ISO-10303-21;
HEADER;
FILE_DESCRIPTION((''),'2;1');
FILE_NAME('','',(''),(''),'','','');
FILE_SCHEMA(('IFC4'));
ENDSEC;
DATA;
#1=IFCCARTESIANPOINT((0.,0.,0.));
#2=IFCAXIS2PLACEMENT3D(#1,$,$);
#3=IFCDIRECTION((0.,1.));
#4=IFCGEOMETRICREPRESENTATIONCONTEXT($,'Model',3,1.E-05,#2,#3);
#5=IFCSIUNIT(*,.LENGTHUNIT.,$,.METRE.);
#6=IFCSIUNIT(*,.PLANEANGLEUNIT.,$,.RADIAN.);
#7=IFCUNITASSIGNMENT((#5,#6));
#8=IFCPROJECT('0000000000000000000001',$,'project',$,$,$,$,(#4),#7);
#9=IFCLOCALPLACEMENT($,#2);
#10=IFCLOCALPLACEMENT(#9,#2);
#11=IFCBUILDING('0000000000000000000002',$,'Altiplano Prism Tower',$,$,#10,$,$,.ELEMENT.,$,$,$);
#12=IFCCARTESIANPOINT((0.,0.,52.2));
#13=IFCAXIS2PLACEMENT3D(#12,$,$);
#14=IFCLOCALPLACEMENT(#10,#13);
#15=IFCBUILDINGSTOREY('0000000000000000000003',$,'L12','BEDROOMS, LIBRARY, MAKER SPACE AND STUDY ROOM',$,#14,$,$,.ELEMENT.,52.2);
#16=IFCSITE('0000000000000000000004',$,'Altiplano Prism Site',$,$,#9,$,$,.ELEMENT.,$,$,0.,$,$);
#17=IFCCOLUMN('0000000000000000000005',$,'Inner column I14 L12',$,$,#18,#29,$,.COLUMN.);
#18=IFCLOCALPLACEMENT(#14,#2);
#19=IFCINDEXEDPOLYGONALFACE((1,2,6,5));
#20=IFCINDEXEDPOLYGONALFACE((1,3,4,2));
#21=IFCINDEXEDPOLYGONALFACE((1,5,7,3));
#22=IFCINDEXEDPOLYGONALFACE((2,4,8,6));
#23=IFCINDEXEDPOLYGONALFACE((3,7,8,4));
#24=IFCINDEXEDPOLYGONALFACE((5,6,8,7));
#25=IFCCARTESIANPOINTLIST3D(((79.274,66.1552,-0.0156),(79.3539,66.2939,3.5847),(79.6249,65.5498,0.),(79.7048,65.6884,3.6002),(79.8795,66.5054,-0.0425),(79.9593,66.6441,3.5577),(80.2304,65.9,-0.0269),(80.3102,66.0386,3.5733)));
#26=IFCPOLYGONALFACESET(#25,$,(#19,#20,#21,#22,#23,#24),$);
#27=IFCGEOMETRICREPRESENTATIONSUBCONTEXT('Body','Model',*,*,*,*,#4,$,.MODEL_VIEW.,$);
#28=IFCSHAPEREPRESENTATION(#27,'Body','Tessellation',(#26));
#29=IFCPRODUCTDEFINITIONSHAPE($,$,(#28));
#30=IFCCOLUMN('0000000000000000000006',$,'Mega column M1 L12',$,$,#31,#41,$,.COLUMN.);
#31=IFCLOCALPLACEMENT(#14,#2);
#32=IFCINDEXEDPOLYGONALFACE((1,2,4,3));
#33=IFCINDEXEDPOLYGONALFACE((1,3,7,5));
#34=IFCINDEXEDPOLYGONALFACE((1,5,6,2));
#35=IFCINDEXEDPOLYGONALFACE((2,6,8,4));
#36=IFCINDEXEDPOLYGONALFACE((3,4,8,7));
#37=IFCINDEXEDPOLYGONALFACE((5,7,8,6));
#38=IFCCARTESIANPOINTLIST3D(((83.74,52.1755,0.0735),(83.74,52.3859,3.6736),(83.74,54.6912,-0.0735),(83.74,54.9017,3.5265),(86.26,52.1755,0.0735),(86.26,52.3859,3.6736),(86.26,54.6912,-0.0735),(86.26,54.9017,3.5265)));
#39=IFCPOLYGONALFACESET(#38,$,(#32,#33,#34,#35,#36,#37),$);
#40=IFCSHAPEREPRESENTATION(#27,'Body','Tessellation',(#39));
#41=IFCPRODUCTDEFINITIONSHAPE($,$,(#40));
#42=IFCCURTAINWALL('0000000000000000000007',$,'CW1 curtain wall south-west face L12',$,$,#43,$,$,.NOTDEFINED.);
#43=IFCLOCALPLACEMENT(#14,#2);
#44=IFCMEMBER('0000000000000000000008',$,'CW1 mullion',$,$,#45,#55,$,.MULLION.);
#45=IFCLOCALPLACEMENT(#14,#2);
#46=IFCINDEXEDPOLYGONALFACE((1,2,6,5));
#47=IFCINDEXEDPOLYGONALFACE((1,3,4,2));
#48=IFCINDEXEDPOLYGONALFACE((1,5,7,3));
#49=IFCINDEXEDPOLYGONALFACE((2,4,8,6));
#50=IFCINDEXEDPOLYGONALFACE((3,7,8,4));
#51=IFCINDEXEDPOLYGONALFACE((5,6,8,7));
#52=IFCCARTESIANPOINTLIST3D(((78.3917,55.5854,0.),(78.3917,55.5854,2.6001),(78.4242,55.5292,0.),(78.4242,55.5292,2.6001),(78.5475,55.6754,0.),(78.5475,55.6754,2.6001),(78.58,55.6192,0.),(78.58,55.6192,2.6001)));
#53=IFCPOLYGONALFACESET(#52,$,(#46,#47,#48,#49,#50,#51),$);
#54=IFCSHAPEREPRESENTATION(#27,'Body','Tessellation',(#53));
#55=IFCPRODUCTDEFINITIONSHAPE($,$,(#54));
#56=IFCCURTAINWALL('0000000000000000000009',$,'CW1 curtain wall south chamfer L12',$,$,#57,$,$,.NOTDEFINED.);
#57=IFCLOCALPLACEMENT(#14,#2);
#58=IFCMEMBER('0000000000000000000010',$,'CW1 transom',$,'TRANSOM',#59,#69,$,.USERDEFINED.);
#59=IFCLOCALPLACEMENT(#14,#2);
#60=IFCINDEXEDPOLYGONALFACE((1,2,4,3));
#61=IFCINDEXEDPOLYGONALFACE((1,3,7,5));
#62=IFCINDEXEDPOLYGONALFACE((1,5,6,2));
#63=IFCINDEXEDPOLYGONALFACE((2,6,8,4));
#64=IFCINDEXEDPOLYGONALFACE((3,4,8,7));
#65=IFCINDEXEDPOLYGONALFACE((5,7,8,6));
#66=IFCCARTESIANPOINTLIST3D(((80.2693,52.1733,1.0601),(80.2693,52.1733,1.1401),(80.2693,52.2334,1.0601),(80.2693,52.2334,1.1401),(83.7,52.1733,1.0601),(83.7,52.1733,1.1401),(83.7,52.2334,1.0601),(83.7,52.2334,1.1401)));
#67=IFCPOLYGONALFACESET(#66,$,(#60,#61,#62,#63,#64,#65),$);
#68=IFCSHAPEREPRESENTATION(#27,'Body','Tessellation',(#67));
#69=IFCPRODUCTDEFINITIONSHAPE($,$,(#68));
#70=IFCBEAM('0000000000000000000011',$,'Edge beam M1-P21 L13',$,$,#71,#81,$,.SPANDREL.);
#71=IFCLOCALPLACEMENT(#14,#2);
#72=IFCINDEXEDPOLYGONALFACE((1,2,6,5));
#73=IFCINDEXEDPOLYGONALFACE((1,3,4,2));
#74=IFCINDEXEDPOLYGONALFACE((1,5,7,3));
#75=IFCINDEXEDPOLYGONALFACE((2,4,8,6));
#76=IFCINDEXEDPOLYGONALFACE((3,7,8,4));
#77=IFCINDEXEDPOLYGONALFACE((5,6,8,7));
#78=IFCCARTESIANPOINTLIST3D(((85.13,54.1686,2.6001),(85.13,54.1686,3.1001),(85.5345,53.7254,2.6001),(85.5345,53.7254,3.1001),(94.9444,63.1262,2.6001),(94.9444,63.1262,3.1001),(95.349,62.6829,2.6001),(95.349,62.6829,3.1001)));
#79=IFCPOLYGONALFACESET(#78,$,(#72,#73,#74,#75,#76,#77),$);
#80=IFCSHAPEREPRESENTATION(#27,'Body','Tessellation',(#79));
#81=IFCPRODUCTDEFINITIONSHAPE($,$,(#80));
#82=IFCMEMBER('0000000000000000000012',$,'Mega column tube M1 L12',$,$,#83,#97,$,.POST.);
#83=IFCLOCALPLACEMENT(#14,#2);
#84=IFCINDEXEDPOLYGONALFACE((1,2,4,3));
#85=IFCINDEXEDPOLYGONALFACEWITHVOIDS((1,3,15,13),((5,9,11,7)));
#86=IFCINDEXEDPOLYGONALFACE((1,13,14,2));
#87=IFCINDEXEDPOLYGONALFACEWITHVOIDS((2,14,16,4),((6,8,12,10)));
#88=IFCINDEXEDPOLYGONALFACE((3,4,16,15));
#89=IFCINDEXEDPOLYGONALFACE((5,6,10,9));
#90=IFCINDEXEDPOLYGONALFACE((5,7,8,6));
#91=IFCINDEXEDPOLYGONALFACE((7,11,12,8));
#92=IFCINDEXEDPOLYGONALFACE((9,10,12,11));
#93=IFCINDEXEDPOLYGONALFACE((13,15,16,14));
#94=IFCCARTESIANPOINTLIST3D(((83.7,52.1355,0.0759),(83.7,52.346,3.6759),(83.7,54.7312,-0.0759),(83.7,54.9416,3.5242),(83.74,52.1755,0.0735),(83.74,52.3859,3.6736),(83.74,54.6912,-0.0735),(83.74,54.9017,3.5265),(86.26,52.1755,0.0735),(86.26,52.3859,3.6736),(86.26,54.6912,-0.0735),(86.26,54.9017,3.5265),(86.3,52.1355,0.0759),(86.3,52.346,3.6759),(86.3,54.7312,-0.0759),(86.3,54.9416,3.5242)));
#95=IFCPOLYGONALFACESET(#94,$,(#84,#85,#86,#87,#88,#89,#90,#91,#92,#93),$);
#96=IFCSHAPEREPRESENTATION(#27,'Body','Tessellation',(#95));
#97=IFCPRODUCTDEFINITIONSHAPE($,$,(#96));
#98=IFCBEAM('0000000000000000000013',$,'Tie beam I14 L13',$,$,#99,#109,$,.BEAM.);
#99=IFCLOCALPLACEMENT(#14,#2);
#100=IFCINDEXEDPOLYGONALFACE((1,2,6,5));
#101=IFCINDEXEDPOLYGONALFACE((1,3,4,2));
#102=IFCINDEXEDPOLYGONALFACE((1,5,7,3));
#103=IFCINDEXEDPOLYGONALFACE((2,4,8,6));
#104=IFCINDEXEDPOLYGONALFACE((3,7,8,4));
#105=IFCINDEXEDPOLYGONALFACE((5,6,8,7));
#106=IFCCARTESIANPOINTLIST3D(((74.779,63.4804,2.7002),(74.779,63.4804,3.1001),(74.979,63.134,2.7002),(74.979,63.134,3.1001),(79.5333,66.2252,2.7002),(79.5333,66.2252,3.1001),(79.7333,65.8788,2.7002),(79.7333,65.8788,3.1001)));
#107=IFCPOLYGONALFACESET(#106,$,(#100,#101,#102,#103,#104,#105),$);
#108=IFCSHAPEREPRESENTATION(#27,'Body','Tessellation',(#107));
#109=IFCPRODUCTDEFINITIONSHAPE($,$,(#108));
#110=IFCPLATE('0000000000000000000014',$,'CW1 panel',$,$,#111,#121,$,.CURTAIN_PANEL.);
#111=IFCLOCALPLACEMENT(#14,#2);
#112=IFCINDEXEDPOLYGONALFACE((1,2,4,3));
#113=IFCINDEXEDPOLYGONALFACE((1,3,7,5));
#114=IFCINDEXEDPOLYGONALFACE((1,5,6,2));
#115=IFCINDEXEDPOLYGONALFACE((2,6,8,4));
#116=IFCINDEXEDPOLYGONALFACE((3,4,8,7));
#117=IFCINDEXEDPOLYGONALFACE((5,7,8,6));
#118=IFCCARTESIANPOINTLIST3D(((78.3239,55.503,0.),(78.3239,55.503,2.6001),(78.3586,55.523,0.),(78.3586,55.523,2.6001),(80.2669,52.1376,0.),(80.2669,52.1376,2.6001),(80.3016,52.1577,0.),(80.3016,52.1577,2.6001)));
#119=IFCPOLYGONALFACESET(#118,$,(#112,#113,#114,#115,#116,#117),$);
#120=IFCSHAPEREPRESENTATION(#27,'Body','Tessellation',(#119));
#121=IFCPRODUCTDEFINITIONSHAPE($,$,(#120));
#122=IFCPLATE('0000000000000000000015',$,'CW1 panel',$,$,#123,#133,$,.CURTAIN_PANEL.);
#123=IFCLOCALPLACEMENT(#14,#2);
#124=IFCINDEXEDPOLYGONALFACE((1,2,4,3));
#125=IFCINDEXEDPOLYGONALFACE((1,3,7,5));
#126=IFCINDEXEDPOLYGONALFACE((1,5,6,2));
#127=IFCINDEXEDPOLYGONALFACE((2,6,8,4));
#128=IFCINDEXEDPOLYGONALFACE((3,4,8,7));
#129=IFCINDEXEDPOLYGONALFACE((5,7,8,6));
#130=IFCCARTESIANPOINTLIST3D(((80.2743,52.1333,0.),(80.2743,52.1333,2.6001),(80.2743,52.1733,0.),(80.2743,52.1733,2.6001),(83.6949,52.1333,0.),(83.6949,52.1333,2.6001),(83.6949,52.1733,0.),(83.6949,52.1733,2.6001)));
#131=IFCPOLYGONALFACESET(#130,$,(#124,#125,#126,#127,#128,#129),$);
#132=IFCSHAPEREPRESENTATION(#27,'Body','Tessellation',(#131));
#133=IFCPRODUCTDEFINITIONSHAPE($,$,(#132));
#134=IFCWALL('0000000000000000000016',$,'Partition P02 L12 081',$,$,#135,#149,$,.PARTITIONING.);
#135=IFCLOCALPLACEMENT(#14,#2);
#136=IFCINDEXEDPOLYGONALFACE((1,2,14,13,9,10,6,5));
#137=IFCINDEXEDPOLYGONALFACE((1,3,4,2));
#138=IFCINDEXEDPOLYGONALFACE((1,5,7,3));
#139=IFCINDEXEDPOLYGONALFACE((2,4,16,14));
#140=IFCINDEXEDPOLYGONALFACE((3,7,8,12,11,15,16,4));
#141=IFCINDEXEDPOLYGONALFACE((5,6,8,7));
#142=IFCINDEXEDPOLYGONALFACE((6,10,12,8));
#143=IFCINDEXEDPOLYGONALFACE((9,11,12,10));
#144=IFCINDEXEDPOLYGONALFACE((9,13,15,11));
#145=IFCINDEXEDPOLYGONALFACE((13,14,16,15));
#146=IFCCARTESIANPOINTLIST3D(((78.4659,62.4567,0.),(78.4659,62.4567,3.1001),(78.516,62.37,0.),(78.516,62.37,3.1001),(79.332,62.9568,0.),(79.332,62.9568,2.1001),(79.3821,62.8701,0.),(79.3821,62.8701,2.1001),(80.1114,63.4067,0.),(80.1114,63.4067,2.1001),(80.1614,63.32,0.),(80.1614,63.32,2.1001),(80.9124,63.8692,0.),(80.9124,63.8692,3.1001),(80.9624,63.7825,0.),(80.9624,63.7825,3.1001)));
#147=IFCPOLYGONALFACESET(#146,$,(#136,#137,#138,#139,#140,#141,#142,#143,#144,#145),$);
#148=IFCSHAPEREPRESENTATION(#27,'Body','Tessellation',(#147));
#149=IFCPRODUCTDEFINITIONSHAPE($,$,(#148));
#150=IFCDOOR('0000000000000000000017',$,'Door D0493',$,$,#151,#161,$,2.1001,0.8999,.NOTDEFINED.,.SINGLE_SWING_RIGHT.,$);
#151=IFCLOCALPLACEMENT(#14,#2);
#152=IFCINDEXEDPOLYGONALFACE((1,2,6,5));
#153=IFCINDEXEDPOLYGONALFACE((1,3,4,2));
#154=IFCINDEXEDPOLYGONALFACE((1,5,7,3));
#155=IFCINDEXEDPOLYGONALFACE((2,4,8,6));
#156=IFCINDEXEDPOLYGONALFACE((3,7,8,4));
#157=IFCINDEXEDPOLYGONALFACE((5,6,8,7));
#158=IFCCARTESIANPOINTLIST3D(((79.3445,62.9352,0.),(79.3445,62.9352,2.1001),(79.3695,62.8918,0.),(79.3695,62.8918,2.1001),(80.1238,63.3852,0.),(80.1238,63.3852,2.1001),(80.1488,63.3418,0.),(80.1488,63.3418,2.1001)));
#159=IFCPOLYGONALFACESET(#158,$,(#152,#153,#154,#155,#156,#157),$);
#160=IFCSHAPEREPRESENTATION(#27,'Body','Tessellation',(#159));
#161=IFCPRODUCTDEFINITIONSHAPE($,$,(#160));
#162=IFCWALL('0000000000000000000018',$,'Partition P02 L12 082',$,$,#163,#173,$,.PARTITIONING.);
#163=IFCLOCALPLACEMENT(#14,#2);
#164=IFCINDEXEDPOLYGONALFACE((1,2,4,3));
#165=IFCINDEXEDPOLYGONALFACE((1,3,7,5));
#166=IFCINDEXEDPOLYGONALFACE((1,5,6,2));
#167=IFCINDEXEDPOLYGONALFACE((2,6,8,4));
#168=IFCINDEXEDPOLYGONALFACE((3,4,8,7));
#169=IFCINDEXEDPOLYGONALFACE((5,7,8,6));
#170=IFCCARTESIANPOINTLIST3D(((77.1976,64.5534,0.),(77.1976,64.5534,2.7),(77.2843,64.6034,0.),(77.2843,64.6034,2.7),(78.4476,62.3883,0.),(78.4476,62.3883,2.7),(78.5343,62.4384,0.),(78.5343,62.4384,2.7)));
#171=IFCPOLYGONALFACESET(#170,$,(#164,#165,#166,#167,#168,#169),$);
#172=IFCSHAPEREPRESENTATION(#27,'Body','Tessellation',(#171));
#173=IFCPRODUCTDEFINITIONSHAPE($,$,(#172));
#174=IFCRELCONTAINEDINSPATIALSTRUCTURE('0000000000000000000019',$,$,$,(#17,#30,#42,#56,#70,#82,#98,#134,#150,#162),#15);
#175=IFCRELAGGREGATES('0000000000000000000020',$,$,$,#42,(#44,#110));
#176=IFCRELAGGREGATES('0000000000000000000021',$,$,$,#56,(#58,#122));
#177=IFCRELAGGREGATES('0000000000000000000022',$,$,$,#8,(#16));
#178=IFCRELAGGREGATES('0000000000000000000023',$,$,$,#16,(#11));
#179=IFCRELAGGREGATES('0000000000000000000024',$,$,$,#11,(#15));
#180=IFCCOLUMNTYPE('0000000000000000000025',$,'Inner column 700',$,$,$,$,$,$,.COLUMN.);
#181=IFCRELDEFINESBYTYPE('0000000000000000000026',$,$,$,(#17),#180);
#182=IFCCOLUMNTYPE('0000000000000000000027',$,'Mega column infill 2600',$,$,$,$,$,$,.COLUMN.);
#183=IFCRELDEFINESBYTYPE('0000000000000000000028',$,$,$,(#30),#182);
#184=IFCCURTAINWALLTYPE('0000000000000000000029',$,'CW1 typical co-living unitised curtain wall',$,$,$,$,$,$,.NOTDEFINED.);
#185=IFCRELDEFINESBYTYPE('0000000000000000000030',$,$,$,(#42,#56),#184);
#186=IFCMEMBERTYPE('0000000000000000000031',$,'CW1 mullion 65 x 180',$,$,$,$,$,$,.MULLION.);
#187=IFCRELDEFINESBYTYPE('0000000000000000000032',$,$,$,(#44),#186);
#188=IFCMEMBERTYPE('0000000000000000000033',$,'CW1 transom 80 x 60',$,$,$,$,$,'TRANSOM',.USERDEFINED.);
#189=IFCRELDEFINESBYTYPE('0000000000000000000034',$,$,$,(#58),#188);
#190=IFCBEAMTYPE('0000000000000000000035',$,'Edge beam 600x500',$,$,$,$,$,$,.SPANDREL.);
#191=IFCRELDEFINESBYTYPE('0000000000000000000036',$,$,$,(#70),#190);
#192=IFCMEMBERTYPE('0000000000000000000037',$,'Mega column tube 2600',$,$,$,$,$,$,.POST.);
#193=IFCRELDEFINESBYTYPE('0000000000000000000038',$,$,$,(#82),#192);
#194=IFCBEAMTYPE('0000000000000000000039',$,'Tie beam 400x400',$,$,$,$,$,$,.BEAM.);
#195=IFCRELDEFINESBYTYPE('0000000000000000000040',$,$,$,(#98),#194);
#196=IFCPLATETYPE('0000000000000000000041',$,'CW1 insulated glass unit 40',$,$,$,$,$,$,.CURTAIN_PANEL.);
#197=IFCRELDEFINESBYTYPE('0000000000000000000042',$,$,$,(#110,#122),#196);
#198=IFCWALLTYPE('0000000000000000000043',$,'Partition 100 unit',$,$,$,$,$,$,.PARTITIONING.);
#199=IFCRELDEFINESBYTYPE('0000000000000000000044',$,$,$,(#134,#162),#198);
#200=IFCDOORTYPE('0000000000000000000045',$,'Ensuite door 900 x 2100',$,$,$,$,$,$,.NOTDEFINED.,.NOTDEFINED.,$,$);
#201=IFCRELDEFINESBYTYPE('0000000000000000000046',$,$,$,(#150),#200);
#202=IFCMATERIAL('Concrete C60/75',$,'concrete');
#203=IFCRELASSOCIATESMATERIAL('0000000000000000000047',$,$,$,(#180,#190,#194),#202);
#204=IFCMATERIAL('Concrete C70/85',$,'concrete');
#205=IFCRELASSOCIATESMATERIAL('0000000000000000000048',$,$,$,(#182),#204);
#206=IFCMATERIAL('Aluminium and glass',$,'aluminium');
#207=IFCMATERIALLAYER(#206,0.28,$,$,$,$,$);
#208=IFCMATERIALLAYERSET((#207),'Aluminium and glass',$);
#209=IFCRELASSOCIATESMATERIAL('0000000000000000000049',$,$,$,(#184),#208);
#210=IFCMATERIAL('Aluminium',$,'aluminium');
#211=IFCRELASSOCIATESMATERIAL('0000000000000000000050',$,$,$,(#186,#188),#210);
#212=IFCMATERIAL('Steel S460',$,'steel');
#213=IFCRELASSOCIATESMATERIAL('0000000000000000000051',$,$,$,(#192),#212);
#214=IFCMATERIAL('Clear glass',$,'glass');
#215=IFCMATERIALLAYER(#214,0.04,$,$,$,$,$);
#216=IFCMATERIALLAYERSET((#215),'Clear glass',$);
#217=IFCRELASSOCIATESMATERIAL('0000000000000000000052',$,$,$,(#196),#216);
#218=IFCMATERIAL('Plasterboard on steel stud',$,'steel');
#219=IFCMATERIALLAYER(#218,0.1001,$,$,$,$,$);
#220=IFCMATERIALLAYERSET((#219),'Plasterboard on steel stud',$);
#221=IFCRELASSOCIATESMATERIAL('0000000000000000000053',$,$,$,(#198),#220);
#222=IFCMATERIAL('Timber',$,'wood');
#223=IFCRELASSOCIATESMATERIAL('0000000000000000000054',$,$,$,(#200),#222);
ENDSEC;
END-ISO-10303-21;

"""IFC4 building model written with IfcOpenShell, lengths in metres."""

from ifc_helpers import new_model, si_unit, direction, frame, frame_2d, origin, origin_2d, place, context, subcontext, project, spatial, rectangle, hollow_rectangle, extrude, material, layer, layer_set, material_profile, profile_set, type_object, element, fill, aggregate, save


model = new_model("IFC4")

# Units and contexts
model_context = context("Model", 3, precision=1e-05, world=origin(), true_north=direction((0.0, 1.0)))
body_context = subcontext(model_context, "Body", "Model", "MODEL_VIEW")
ifc_project = project(units=[si_unit("LENGTHUNIT", "METRE"), si_unit("PLANEANGLEUNIT", "RADIAN")], contexts=[model_context])

# Site, building, storey
site_placement = place(None, origin())
site = spatial("IfcSite", under=ifc_project, at=site_placement, Name="Altiplano Prism Site", CompositionType="ELEMENT", RefElevation=0.0)
building_placement = place(site_placement, origin())
building = spatial("IfcBuilding", under=site, at=building_placement, Name="Altiplano Prism Tower", CompositionType="ELEMENT")
storey_placement = place(building_placement, frame((0.0, 0.0, 52.2)))
storey = spatial("IfcBuildingStorey", under=building, at=storey_placement, Name="L12", Description="BEDROOMS, LIBRARY, MAKER SPACE AND STUDY ROOM", CompositionType="ELEMENT", Elevation=52.2)

# Columns
ifc_material_1 = material(Name="Concrete C60/75", Category="concrete")
ifc_material_profile_1 = material_profile(ifc_material_1, rectangle(XDim=0.7, YDim=0.7, at=origin_2d()), Name="Inner column 700")
ifc_profile_set_1 = profile_set([ifc_material_profile_1], Name="Concrete C60/75")
column_type_1 = type_object("IfcColumnType", Name="Inner column 700", PredefinedType="COLUMN", material=ifc_profile_set_1)
column_1_placement = place(storey_placement, frame((79.7522, 66.0276, -0.0212), z_axis=(0.022154, 0.038481, 0.999014), x_axis=(-0.864984, -0.500324, 0.038453)))
element("IfcColumn", 1, at=column_1_placement, inside=storey, type_object=column_type_1, Name="Inner column I14 L12", PredefinedType="COLUMN", context=body_context, shape_type="SweptSolid", body=[
    extrude(rectangle(XDim=0.7, YDim=0.7, at=origin_2d()), origin(), (0.0, 0.0, 1.0), 3.6038),
])
ifc_material_2 = material(Name="Concrete C70/85", Category="concrete")
ifc_material_profile_2 = material_profile(ifc_material_2, rectangle(XDim=2.52, YDim=2.52, at=origin_2d()), Name="Mega column infill 2600")
ifc_profile_set_2 = profile_set([ifc_material_profile_2], Name="Concrete C70/85")
column_type_2 = type_object("IfcColumnType", Name="Mega column infill 2600", PredefinedType="COLUMN", material=ifc_profile_set_2)
column_2_placement = place(storey_placement, frame((85.0, 53.4333, 0.0), z_axis=(0.0, 0.058357, 0.998296), x_axis=(-1.0, 0.0, 0.0)))
element("IfcColumn", 2, at=column_2_placement, inside=storey, type_object=column_type_2, Name="Mega column M1 L12", PredefinedType="COLUMN", context=body_context, shape_type="SweptSolid", body=[
    extrude(rectangle(XDim=2.52, YDim=2.52, at=origin_2d()), origin(), (0.0, 0.0, 1.0), 3.6062),
])

# Curtain walls, members
ifc_material_3 = material(Name="Aluminium and glass", Category="aluminium")
ifc_layer_1 = layer(ifc_material_3, 0.28)
ifc_layer_set_1 = layer_set([ifc_layer_1], Name="Aluminium and glass")
curtain_wall_type = type_object("IfcCurtainWallType", Name="CW1 typical co-living unitised curtain wall", PredefinedType="NOTDEFINED", material=ifc_layer_set_1)
curtain_wall_1_placement = place(storey_placement, origin())
curtain_wall_1 = element("IfcCurtainWall", 3, at=curtain_wall_1_placement, inside=storey, type_object=curtain_wall_type, Name="CW1 curtain wall south-west face L12", PredefinedType="NOTDEFINED")
ifc_material_4 = material(Name="Aluminium", Category="aluminium")
ifc_material_profile_3 = material_profile(ifc_material_4, rectangle(XDim=0.1799, YDim=0.0649, at=origin_2d()), Name="CW1 mullion 65 x 180")
ifc_profile_set_3 = profile_set([ifc_material_profile_3], Name="Aluminium")
member_type_1 = type_object("IfcMemberType", Name="CW1 mullion 65 x 180", PredefinedType="MULLION", material=ifc_profile_set_3)
member_1_placement = place(storey_placement, frame((78.4858, 55.6023, 0.0), z_axis=(0.0, 0.0, 1.0), x_axis=(0.866025, 0.5, 0.0)))
member_1 = element("IfcMember", 4, at=member_1_placement, type_object=member_type_1, Name="CW1 mullion", PredefinedType="MULLION", context=body_context, shape_type="SweptSolid", body=[
    extrude(rectangle(XDim=0.1799, YDim=0.0649, at=origin_2d()), origin(), (0.0, 0.0, 1.0), 2.6001),
])
curtain_wall_2_placement = place(storey_placement, origin())
curtain_wall_2 = element("IfcCurtainWall", 5, at=curtain_wall_2_placement, inside=storey, type_object=curtain_wall_type, Name="CW1 curtain wall south chamfer L12", PredefinedType="NOTDEFINED")
ifc_material_profile_4 = material_profile(ifc_material_4, rectangle(XDim=0.0601, YDim=0.0801, at=origin_2d()), Name="CW1 transom 80 x 60")
ifc_profile_set_4 = profile_set([ifc_material_profile_4], Name="Aluminium")
member_type_2 = type_object("IfcMemberType", Name="CW1 transom 80 x 60", ElementType="TRANSOM", PredefinedType="USERDEFINED", material=ifc_profile_set_4)
member_2_placement = place(storey_placement, frame((80.2693, 52.2034, 1.1001), z_axis=(1.0, 0.0, 0.0), x_axis=(0.0, 1.0, 0.0)))
member_2 = element("IfcMember", 6, at=member_2_placement, type_object=member_type_2, Name="CW1 transom", ObjectType="TRANSOM", PredefinedType="USERDEFINED", context=body_context, shape_type="SweptSolid", body=[
    extrude(rectangle(XDim=0.0601, YDim=0.0801, at=origin_2d()), origin(), (0.0, 0.0, 1.0), 3.4307),
])

# Beam
ifc_material_profile_5 = material_profile(ifc_material_1, rectangle(XDim=0.6001, YDim=0.5, at=origin_2d()), Name="Edge beam 600x500")
ifc_profile_set_5 = profile_set([ifc_material_profile_5], Name="Concrete C60/75")
beam_type_1 = type_object("IfcBeamType", Name="Edge beam 600x500", PredefinedType="SPANDREL", material=ifc_profile_set_5)
beam_1_placement = place(storey_placement, frame((85.3323, 53.947, 2.8501), z_axis=(0.738617, 0.674126, 0.0), x_axis=(-0.674126, 0.738617, 0.0)))
element("IfcBeam", 7, at=beam_1_placement, inside=storey, type_object=beam_type_1, Name="Edge beam M1-P21 L13", PredefinedType="SPANDREL", context=body_context, shape_type="SweptSolid", body=[
    extrude(rectangle(XDim=0.6001, YDim=0.5, at=origin_2d()), origin(), (0.0, 0.0, 1.0), 13.2876),
])

# Member
ifc_material_5 = material(Name="Steel S460", Category="steel")
ifc_material_profile_6 = material_profile(ifc_material_5, hollow_rectangle(XDim=2.6001, YDim=2.6001, WallThickness=0.04, at=origin_2d()), Name="Mega column tube 2600")
ifc_profile_set_6 = profile_set([ifc_material_profile_6], Name="Steel S460")
member_type_3 = type_object("IfcMemberType", Name="Mega column tube 2600", PredefinedType="POST", material=ifc_profile_set_6)
member_3_placement = place(storey_placement, frame((85.0, 53.4333, 0.0), z_axis=(0.0, 0.058357, 0.998296), x_axis=(-1.0, 0.0, 0.0)))
element("IfcMember", 8, at=member_3_placement, inside=storey, type_object=member_type_3, Name="Mega column tube M1 L12", PredefinedType="POST", context=body_context, shape_type="SweptSolid", body=[
    extrude(hollow_rectangle(XDim=2.6001, YDim=2.6001, WallThickness=0.04, at=origin_2d()), origin(), (0.0, 0.0, 1.0), 3.6062),
])

# Beam
ifc_material_profile_7 = material_profile(ifc_material_1, rectangle(XDim=0.3999, YDim=0.3999, at=origin_2d()), Name="Tie beam 400x400")
ifc_profile_set_7 = profile_set([ifc_material_profile_7], Name="Concrete C60/75")
beam_type_2 = type_object("IfcBeamType", Name="Tie beam 400x400", PredefinedType="BEAM", material=ifc_profile_set_7)
beam_2_placement = place(storey_placement, frame((79.6333, 66.052, 2.9001), z_axis=(-0.866032, -0.499989, 0.0), x_axis=(0.499989, -0.866032, 0.0)))
element("IfcBeam", 9, at=beam_2_placement, inside=storey, type_object=beam_type_2, Name="Tie beam I14 L13", PredefinedType="BEAM", context=body_context, shape_type="SweptSolid", body=[
    extrude(rectangle(XDim=0.3999, YDim=0.3999, at=origin_2d()), origin(), (0.0, 0.0, 1.0), 5.4897),
])

# Plates
ifc_material_6 = material(Name="Clear glass", Category="glass")
ifc_layer_2 = layer(ifc_material_6, 0.04)
ifc_layer_set_2 = layer_set([ifc_layer_2], Name="Clear glass")
plate_type = type_object("IfcPlateType", Name="CW1 insulated glass unit 40", PredefinedType="CURTAIN_PANEL", material=ifc_layer_set_2)
plate_1_placement = place(storey_placement, frame((79.3127, 53.8303, 0.0), z_axis=(0.0, 0.0, 1.0), x_axis=(0.5, -0.866025, 0.0)))
plate_1 = element("IfcPlate", 10, at=plate_1_placement, type_object=plate_type, Name="CW1 panel", PredefinedType="CURTAIN_PANEL", context=body_context, shape_type="SweptSolid", body=[
    extrude(rectangle(XDim=3.886, YDim=0.04, at=origin_2d()), origin(), (0.0, 0.0, 1.0), 2.6001),
])
aggregate(curtain_wall_1, [member_1, plate_1])
plate_2_placement = place(storey_placement, frame((81.9846, 52.1533, 0.0), z_axis=(0.0, 0.0, 1.0), x_axis=(1.0, 0.0, 0.0)))
plate_2 = element("IfcPlate", 11, at=plate_2_placement, type_object=plate_type, Name="CW1 panel", PredefinedType="CURTAIN_PANEL", context=body_context, shape_type="SweptSolid", body=[
    extrude(rectangle(XDim=3.4207, YDim=0.04, at=origin_2d()), origin(), (0.0, 0.0, 1.0), 2.6001),
])
aggregate(curtain_wall_2, [member_2, plate_2])

# Wall, opening, door
ifc_material_7 = material(Name="Plasterboard on steel stud", Category="steel")
ifc_layer_3 = layer(ifc_material_7, 0.1001)
ifc_layer_set_3 = layer_set([ifc_layer_3], Name="Plasterboard on steel stud")
wall_type_1 = type_object("IfcWallType", Name="Partition 100 unit", PredefinedType="PARTITIONING", material=ifc_layer_set_3)
wall_1_placement = place(storey_placement, frame((80.9375, 63.8259, 0.0), z_axis=(0.0, 0.0, 1.0), x_axis=(-0.866011, -0.500024, 0.0)))
wall_1 = element("IfcWall", 12, at=wall_1_placement, inside=storey, type_object=wall_type_1, Name="Partition P02 L12 081", PredefinedType="PARTITIONING", context=body_context, shape_type="SweptSolid", body=[
    extrude(rectangle(XDim=2.825, YDim=0.1001, at=frame_2d((1.4126, 0.0))), origin(), (0.0, 0.0, 1.0), 3.1001),
])
opening_1_placement = place(wall_1_placement, frame((0.925, 0.0, 0.0)))
opening_1 = element("IfcOpeningElement", 13, at=opening_1_placement, cuts=wall_1, PredefinedType="OPENING", context=body_context, shape_type="SweptSolid", body=[
    extrude(rectangle(XDim=0.8999, YDim=2.1001, at=frame_2d((0.45, 1.05))), frame((0.0, 0.0605, 0.0), z_axis=(0.0, -1.0, 0.0), x_axis=(1.0, 0.0, 0.0)), (0.0, 0.0, 1.0), 0.1211),
])
ifc_material_8 = material(Name="Timber", Category="wood")
door_type_1 = type_object("IfcDoorType", Name="Ensuite door 900 x 2100", OperationType="NOTDEFINED", PredefinedType="NOTDEFINED", material=ifc_material_8)
door_1_placement = place(opening_1_placement, origin())
door_1 = element("IfcDoor", 14, at=door_1_placement, inside=storey, type_object=door_type_1, Name="Door D0493", OperationType="SINGLE_SWING_RIGHT", OverallHeight=2.1001, OverallWidth=0.8999, PredefinedType="NOTDEFINED", context=body_context, shape_type="SweptSolid", body=[
    extrude(rectangle(XDim=0.8999, YDim=2.1001, at=frame_2d((0.45, 1.05))), frame((0.0, 0.0249, 0.0), z_axis=(0.0, -1.0, 0.0), x_axis=(1.0, 0.0, 0.0)), (0.0, 0.0, 1.0), 0.05),
])
fill(opening_1, door_1)

# Wall
wall_2_placement = place(storey_placement, frame((78.491, 62.4133, 0.0), z_axis=(0.0, 0.0, 1.0), x_axis=(-0.500004, 0.866023, 0.0)))
element("IfcWall", 15, at=wall_2_placement, inside=storey, type_object=wall_type_1, Name="Partition P02 L12 082", PredefinedType="PARTITIONING", context=body_context, shape_type="SweptSolid", body=[
    extrude(rectangle(XDim=2.5, YDim=0.1001, at=frame_2d((1.25, 0.0))), origin(), (0.0, 0.0, 1.0), 2.7),
])

save(model, "model.ifc")
